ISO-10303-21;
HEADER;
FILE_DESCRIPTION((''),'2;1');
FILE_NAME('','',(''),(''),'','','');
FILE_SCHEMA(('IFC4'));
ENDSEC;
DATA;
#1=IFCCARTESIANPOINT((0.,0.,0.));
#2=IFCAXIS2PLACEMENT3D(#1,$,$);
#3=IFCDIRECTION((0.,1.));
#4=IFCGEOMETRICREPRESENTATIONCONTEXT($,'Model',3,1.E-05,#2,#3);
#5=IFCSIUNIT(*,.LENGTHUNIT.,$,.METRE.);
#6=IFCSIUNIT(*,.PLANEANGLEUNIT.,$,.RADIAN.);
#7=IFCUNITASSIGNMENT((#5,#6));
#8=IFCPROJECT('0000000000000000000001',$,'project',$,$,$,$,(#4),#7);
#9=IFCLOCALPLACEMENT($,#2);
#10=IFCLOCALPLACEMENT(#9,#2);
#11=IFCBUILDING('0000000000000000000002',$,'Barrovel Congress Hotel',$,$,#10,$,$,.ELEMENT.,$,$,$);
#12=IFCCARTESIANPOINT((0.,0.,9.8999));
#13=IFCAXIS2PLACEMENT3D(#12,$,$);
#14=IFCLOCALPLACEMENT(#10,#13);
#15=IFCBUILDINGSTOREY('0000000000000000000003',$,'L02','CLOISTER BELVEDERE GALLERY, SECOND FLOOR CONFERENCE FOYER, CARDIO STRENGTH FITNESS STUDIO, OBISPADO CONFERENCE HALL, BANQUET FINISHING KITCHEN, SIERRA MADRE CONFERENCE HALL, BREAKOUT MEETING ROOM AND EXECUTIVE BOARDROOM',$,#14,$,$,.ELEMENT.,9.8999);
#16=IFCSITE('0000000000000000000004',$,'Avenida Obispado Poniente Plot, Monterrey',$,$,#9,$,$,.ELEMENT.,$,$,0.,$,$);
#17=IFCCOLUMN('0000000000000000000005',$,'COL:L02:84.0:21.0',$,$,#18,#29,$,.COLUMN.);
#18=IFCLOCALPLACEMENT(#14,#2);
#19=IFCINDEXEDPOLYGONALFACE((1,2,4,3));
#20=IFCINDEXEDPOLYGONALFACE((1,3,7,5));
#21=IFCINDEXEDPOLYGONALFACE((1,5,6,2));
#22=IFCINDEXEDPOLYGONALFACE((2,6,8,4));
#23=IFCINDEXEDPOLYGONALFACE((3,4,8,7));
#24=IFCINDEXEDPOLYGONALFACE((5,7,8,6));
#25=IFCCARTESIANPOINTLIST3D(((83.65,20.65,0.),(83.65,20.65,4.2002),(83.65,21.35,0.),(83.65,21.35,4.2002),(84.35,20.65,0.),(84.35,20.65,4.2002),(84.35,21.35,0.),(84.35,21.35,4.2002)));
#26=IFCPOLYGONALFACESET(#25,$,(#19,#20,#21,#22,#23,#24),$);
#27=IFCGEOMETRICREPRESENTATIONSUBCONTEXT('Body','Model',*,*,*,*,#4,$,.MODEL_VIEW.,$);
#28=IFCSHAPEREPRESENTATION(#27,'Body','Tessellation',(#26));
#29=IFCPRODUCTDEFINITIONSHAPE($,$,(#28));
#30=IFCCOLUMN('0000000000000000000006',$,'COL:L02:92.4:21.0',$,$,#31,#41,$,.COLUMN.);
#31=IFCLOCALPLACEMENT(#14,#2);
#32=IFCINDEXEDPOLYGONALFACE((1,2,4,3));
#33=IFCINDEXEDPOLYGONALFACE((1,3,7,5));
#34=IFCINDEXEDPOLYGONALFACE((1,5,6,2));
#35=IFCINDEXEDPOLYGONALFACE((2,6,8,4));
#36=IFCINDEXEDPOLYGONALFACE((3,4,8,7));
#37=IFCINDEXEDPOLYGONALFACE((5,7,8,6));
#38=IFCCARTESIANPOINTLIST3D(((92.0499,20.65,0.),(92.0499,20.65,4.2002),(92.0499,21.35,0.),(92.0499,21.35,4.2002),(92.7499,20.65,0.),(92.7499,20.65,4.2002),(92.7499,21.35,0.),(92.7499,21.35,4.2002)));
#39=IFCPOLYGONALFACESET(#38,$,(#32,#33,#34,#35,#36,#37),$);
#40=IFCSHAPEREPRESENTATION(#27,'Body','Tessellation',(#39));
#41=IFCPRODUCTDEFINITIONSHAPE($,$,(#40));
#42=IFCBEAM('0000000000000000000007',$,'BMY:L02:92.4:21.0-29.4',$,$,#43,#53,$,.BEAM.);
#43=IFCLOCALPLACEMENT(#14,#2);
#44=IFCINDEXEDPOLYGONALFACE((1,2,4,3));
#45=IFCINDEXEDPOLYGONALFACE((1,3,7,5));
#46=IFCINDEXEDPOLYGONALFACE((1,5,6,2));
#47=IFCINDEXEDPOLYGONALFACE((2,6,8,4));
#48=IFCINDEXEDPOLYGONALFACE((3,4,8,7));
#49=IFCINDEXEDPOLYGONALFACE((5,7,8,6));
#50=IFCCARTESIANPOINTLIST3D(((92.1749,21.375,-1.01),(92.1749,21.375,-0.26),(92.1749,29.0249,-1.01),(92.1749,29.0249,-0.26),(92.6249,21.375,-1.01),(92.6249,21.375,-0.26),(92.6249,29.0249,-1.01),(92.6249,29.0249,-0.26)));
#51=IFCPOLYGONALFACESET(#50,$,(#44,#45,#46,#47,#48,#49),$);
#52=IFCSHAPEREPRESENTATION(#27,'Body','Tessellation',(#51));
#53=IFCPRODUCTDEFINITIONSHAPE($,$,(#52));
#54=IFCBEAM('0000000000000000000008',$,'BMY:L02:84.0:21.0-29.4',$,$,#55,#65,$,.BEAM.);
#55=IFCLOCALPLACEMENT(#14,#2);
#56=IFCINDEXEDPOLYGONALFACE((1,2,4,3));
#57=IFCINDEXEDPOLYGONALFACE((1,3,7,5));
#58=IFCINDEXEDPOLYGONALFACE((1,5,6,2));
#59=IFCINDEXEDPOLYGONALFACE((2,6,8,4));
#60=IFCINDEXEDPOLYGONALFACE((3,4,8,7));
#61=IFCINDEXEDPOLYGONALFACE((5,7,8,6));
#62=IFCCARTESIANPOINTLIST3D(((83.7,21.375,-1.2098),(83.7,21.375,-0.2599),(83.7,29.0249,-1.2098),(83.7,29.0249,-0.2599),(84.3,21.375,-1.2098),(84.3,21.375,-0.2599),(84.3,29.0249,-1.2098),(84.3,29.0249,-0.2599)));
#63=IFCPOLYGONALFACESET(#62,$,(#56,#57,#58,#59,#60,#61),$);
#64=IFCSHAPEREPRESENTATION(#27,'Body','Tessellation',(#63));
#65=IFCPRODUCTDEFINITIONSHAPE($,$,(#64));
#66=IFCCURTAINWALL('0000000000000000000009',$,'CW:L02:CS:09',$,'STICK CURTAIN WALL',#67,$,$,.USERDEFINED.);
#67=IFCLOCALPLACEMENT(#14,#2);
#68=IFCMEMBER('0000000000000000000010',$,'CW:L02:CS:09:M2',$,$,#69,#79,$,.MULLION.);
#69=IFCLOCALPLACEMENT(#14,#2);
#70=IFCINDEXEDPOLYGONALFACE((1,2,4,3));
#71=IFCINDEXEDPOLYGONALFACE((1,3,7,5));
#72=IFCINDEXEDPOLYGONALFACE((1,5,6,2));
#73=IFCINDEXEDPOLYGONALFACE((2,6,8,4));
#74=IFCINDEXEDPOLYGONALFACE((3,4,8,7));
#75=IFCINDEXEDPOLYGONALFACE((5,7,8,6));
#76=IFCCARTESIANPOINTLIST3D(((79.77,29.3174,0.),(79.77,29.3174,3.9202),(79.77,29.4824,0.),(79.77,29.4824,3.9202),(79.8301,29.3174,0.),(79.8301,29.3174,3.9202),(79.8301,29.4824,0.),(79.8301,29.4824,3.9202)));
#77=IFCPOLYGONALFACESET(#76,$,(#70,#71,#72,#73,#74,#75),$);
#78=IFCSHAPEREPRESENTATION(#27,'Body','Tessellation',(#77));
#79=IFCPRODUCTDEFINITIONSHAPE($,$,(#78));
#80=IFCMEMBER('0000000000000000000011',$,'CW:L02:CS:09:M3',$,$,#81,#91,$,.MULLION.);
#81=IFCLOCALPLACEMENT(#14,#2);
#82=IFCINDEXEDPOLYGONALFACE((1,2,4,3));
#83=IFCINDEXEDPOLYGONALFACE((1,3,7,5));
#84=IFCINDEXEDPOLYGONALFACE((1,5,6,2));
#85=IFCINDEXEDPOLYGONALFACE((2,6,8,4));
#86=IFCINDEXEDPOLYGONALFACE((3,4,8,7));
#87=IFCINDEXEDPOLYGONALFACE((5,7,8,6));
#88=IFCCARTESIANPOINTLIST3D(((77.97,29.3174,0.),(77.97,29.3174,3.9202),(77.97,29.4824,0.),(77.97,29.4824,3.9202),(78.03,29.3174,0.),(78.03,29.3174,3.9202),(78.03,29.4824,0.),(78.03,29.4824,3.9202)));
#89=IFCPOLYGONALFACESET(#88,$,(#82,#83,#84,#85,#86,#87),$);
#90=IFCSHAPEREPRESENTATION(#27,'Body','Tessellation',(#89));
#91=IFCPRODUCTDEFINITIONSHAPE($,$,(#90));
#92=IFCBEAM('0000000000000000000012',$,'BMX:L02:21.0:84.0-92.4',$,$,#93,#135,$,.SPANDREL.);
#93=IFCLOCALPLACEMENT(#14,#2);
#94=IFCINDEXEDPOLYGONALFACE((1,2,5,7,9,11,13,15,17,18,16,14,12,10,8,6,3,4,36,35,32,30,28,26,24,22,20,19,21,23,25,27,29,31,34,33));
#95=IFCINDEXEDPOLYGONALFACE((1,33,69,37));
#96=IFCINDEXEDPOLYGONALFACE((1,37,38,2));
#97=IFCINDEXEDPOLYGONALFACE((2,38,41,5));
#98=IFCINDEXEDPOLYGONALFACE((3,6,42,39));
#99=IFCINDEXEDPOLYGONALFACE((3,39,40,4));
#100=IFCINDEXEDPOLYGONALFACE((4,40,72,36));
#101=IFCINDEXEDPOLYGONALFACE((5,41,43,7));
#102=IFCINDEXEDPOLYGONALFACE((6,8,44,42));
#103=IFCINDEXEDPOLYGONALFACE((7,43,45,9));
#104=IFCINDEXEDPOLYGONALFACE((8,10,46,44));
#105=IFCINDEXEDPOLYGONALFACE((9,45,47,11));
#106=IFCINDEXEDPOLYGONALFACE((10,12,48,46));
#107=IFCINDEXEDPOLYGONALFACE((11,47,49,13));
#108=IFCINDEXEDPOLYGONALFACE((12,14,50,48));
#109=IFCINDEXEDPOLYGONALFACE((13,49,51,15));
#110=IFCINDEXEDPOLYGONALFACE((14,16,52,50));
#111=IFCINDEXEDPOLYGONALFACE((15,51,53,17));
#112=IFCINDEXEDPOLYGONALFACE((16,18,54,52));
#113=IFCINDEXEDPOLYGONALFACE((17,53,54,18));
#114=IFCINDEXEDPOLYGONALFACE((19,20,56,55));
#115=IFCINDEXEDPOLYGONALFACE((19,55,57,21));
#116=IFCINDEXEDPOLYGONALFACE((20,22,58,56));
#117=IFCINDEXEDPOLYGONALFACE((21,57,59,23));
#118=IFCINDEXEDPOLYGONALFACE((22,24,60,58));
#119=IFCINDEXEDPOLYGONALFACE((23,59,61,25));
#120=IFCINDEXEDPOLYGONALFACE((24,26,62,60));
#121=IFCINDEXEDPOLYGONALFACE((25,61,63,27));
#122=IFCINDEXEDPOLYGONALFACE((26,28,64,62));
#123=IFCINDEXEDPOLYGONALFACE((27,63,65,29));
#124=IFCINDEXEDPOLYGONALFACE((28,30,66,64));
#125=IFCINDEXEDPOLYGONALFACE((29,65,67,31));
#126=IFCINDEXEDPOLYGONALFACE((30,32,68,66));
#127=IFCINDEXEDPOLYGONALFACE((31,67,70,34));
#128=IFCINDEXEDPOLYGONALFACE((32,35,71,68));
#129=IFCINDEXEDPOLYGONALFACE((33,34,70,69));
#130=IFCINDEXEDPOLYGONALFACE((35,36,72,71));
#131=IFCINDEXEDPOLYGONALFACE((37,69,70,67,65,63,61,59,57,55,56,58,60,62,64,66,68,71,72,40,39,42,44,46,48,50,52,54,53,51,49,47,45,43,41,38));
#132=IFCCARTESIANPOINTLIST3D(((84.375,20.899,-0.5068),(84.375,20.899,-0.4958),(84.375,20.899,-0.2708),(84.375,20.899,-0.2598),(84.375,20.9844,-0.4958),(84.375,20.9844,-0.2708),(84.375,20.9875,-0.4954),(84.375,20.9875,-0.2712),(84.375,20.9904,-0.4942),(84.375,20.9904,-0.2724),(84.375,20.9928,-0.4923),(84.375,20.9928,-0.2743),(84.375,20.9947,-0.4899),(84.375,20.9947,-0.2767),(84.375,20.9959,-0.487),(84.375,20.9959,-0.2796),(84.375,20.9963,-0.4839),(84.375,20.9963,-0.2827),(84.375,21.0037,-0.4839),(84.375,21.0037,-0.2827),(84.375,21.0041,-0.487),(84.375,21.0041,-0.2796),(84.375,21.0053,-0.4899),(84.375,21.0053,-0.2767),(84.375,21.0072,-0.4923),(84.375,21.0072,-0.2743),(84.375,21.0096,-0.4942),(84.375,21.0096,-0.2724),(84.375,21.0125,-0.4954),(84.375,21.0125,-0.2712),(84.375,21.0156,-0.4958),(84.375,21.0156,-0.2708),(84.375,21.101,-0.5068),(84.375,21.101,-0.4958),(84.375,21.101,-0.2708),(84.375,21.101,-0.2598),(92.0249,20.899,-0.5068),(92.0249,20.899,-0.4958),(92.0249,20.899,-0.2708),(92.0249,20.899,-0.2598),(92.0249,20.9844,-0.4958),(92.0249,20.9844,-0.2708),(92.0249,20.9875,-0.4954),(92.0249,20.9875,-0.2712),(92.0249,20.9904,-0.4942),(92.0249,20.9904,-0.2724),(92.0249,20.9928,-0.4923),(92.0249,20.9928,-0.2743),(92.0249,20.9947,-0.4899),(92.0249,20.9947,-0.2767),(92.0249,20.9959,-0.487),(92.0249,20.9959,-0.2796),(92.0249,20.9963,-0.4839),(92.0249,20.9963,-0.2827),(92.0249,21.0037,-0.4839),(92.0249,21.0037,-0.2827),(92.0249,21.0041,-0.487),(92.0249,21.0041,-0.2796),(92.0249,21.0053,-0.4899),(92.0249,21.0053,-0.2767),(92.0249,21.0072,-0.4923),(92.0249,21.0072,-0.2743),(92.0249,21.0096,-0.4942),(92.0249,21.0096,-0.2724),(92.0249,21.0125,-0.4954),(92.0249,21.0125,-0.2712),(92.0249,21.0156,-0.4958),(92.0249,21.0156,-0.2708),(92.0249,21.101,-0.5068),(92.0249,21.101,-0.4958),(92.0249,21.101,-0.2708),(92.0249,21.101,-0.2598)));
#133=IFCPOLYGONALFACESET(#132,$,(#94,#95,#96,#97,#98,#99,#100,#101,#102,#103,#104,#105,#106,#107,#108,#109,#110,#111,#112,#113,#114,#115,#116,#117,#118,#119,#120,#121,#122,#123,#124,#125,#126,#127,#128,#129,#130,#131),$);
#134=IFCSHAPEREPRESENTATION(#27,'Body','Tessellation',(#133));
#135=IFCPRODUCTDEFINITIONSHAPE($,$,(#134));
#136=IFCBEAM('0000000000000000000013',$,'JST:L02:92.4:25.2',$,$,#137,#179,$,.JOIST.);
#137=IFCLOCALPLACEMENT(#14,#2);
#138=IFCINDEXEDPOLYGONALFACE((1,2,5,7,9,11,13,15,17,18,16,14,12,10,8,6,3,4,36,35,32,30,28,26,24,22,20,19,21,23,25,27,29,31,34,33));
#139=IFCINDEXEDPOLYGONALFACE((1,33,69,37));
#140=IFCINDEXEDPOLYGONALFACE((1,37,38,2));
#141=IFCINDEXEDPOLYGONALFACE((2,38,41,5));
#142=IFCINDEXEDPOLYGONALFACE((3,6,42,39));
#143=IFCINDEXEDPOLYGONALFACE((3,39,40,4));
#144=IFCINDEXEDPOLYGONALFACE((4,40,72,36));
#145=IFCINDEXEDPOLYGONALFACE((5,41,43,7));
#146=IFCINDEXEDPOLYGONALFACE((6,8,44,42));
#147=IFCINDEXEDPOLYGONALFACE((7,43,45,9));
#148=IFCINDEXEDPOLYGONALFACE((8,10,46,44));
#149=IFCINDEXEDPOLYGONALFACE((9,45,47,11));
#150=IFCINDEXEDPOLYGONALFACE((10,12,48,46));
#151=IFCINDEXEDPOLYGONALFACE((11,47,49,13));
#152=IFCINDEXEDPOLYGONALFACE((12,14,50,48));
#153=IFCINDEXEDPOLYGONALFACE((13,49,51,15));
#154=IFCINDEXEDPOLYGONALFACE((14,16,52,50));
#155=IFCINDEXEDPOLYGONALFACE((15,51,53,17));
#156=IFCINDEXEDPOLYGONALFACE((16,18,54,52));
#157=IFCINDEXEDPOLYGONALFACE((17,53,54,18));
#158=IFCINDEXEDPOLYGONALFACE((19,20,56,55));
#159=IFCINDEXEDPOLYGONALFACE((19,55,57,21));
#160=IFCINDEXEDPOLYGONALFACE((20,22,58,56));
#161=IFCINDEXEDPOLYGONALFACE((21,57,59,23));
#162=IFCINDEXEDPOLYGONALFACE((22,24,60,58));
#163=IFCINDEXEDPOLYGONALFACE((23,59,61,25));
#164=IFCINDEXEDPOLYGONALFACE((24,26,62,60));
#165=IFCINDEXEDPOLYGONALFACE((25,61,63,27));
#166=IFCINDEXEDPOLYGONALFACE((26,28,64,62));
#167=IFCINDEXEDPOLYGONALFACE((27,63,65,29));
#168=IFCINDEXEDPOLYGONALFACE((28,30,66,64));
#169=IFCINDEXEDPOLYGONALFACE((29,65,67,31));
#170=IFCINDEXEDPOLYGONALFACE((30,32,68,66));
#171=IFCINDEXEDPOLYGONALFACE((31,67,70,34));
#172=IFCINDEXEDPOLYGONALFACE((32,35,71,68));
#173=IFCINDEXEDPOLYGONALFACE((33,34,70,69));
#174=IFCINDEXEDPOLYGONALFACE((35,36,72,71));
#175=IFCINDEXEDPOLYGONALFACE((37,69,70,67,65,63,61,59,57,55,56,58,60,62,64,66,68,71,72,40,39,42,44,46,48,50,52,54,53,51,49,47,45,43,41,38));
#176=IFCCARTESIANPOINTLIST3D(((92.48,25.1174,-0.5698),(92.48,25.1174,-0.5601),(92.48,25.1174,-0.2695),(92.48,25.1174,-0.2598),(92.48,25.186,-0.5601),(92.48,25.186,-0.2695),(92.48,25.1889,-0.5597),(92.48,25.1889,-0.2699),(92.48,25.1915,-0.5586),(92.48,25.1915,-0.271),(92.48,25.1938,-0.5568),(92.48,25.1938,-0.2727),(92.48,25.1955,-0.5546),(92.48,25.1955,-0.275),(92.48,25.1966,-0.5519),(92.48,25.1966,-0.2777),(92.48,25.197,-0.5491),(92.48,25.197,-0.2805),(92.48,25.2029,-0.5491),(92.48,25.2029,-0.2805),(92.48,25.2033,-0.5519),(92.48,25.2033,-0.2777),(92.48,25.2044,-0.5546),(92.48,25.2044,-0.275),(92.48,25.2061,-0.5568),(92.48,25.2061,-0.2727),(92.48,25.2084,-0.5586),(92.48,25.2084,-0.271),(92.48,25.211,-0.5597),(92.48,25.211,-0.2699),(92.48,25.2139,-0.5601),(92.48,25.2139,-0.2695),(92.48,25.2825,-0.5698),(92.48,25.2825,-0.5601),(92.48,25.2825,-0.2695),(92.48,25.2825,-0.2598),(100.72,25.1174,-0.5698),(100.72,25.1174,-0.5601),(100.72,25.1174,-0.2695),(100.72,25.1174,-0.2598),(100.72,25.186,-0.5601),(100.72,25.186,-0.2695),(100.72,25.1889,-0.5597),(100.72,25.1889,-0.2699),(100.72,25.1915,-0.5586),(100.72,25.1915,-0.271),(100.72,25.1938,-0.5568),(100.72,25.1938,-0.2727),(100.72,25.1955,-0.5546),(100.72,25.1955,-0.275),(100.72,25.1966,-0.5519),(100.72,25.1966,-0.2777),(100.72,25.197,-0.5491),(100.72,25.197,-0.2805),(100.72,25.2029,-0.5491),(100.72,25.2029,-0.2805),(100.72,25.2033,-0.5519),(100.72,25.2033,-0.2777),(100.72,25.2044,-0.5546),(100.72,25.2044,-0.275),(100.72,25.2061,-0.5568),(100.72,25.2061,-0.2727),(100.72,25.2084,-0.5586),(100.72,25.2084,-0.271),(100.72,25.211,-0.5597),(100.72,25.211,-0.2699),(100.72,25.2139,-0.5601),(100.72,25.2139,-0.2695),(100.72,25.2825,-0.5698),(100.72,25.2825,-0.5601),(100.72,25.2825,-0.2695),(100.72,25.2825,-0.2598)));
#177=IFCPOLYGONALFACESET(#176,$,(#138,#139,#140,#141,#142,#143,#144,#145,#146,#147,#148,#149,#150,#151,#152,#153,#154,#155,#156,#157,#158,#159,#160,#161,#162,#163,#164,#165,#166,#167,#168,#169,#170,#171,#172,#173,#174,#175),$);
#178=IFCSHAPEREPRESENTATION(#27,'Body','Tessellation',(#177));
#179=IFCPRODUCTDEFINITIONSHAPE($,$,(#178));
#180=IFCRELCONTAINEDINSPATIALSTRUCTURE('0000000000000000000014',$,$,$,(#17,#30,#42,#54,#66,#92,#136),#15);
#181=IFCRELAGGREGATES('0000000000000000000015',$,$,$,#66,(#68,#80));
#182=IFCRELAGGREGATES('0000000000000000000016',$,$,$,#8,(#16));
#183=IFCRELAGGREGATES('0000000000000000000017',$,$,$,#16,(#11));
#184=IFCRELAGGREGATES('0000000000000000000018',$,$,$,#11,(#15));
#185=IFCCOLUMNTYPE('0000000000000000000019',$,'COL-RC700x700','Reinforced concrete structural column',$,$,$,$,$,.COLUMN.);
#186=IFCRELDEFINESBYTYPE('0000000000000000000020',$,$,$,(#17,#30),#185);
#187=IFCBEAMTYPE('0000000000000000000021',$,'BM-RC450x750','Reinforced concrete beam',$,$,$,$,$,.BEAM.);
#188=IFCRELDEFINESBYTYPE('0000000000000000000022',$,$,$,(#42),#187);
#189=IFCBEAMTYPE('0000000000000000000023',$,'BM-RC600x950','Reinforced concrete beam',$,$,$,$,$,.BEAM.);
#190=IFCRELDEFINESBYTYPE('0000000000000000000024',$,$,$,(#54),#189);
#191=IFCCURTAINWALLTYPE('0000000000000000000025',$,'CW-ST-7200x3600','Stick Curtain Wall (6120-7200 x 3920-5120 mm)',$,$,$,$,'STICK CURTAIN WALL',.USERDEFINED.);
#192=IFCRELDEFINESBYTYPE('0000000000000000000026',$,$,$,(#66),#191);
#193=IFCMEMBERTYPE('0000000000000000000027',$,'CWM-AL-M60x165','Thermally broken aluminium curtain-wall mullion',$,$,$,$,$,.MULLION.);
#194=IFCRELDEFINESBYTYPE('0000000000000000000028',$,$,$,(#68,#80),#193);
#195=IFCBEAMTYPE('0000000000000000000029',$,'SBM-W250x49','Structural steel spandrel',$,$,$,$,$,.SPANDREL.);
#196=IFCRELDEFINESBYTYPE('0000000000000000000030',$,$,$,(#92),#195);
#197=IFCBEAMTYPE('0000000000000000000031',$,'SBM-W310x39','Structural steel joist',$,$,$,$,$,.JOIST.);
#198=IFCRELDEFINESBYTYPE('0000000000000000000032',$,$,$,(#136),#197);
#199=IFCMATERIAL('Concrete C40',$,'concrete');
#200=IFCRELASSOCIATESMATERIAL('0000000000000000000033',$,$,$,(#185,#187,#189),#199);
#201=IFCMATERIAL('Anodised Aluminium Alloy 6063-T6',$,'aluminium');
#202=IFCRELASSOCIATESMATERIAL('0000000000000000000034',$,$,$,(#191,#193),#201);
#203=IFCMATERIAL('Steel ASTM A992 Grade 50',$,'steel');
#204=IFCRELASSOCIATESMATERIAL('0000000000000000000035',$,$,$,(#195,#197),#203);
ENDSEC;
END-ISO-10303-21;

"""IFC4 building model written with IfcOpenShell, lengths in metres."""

from ifc_helpers import new_model, si_unit, direction, frame, origin, origin_2d, place, context, subcontext, project, spatial, rectangle, i_section, extrude, material, material_profile, profile_set, type_object, element, aggregate, save


model = new_model("IFC4")

# Units and contexts
model_context = context("Model", 3, precision=1e-05, world=origin(), true_north=direction((0.0, 1.0)))
body_context = subcontext(model_context, "Body", "Model", "MODEL_VIEW")
ifc_project = project(units=[si_unit("LENGTHUNIT", "METRE"), si_unit("PLANEANGLEUNIT", "RADIAN")], contexts=[model_context])

# Site, building, storey
site_placement = place(None, origin())
site = spatial("IfcSite", under=ifc_project, at=site_placement, Name="Avenida Obispado Poniente Plot, Monterrey", CompositionType="ELEMENT", RefElevation=0.0)
building_placement = place(site_placement, origin())
building = spatial("IfcBuilding", under=site, at=building_placement, Name="Barrovel Congress Hotel", CompositionType="ELEMENT")
storey_placement = place(building_placement, frame((0.0, 0.0, 9.8999)))
storey = spatial("IfcBuildingStorey", under=building, at=storey_placement, Name="L02", Description="CLOISTER BELVEDERE GALLERY, SECOND FLOOR CONFERENCE FOYER, CARDIO STRENGTH FITNESS STUDIO, OBISPADO CONFERENCE HALL, BANQUET FINISHING KITCHEN, SIERRA MADRE CONFERENCE HALL, BREAKOUT MEETING ROOM AND EXECUTIVE BOARDROOM", CompositionType="ELEMENT", Elevation=9.8999)

# Columns
ifc_material_1 = material(Name="Concrete C40", Category="concrete")
ifc_material_profile_1 = material_profile(ifc_material_1, rectangle(XDim=0.7, YDim=0.7, at=origin_2d()), Name="RC700x700")
ifc_profile_set_1 = profile_set([ifc_material_profile_1], Name="Concrete C40")
column_type = type_object("IfcColumnType", Name="COL-RC700x700", Description="Reinforced concrete structural column", PredefinedType="COLUMN", material=ifc_profile_set_1)
for number, where, z_axis, x_axis, name in (
    (1, (84.0, 21.0, 0.0), (0.0, 0.0, 1.0), (1.0, 0.0, 0.0), "COL:L02:84.0:21.0"),
    (2, (92.3999, 21.0, 0.0), (0.0, 0.0, 1.0), (1.0, 0.0, 0.0), "COL:L02:92.4:21.0"),
):
    element("IfcColumn", number, at=place(storey_placement, frame(where, z_axis=z_axis, x_axis=x_axis)), inside=storey, type_object=column_type, Name=name, PredefinedType="COLUMN", context=body_context, shape_type="SweptSolid", body=[
        extrude(rectangle(XDim=0.7, YDim=0.7, at=origin_2d()), origin(), (0.0, 0.0, 1.0), 4.2002),
    ])

# Beams
ifc_material_profile_2 = material_profile(ifc_material_1, rectangle(XDim=0.45, YDim=0.75, at=origin_2d()), Name="RC450x750")
ifc_profile_set_2 = profile_set([ifc_material_profile_2], Name="Concrete C40")
beam_type_1 = type_object("IfcBeamType", Name="BM-RC450x750", Description="Reinforced concrete beam", PredefinedType="BEAM", material=ifc_profile_set_2)
beam_1_placement = place(storey_placement, frame((92.3999, 21.375, -0.635), z_axis=(0.0, 1.0, 0.0), x_axis=(-1.0, 0.0, 0.0)))
element("IfcBeam", 3, at=beam_1_placement, inside=storey, type_object=beam_type_1, Name="BMY:L02:92.4:21.0-29.4", PredefinedType="BEAM", context=body_context, shape_type="SweptSolid", body=[
    extrude(rectangle(XDim=0.45, YDim=0.75, at=origin_2d()), origin(), (0.0, 0.0, 1.0), 7.6499),
])
ifc_material_profile_3 = material_profile(ifc_material_1, rectangle(XDim=0.6001, YDim=0.95, at=origin_2d()), Name="RC600x950")
ifc_profile_set_3 = profile_set([ifc_material_profile_3], Name="Concrete C40")
beam_type_2 = type_object("IfcBeamType", Name="BM-RC600x950", Description="Reinforced concrete beam", PredefinedType="BEAM", material=ifc_profile_set_3)
beam_2_placement = place(storey_placement, frame((84.0, 21.375, -0.7349), z_axis=(0.0, 1.0, 0.0), x_axis=(-1.0, 0.0, 0.0)))
element("IfcBeam", 4, at=beam_2_placement, inside=storey, type_object=beam_type_2, Name="BMY:L02:84.0:21.0-29.4", PredefinedType="BEAM", context=body_context, shape_type="SweptSolid", body=[
    extrude(rectangle(XDim=0.6001, YDim=0.95, at=origin_2d()), origin(), (0.0, 0.0, 1.0), 7.6499),
])

# Curtain wall, members
ifc_material_2 = material(Name="Anodised Aluminium Alloy 6063-T6", Category="aluminium")
curtain_wall_type = type_object("IfcCurtainWallType", Name="CW-ST-7200x3600", Description="Stick Curtain Wall (6120-7200 x 3920-5120 mm)", ElementType="STICK CURTAIN WALL", PredefinedType="USERDEFINED", material=ifc_material_2)
curtain_wall_placement = place(storey_placement, origin())
curtain_wall = element("IfcCurtainWall", 5, at=curtain_wall_placement, inside=storey, type_object=curtain_wall_type, Name="CW:L02:CS:09", ObjectType="STICK CURTAIN WALL", PredefinedType="USERDEFINED")
ifc_material_profile_4 = material_profile(ifc_material_2, rectangle(XDim=0.0601, YDim=0.165, at=origin_2d()), Name="AL-M60x165")
ifc_profile_set_4 = profile_set([ifc_material_profile_4], Name="Anodised Aluminium Alloy 6063-T6")
member_type = type_object("IfcMemberType", Name="CWM-AL-M60x165", Description="Thermally broken aluminium curtain-wall mullion", PredefinedType="MULLION", material=ifc_profile_set_4)
member_1_placement = place(storey_placement, frame((79.8, 29.3999, 0.0), z_axis=(0.0, 0.0, 1.0), x_axis=(1.0, 0.0, 0.0)))
member_1 = element("IfcMember", 6, at=member_1_placement, type_object=member_type, Name="CW:L02:CS:09:M2", PredefinedType="MULLION", context=body_context, shape_type="SweptSolid", body=[
    extrude(rectangle(XDim=0.0601, YDim=0.165, at=origin_2d()), origin(), (0.0, 0.0, 1.0), 3.9202),
])
member_2_placement = place(storey_placement, frame((78.0, 29.3999, 0.0), z_axis=(0.0, 0.0, 1.0), x_axis=(1.0, 0.0, 0.0)))
member_2 = element("IfcMember", 7, at=member_2_placement, type_object=member_type, Name="CW:L02:CS:09:M3", PredefinedType="MULLION", context=body_context, shape_type="SweptSolid", body=[
    extrude(rectangle(XDim=0.0601, YDim=0.165, at=origin_2d()), origin(), (0.0, 0.0, 1.0), 3.9202),
])

# Beams
ifc_material_3 = material(Name="Steel ASTM A992 Grade 50", Category="steel")
ifc_material_profile_5 = material_profile(ifc_material_3, i_section(OverallWidth=0.2019, OverallDepth=0.2471, WebThickness=0.0073, FlangeThickness=0.011, FilletRadius=0.012, at=origin_2d()), Name="W250x49")
ifc_profile_set_5 = profile_set([ifc_material_profile_5], Name="Steel ASTM A992 Grade 50")
beam_type_3 = type_object("IfcBeamType", Name="SBM-W250x49", Description="Structural steel spandrel", PredefinedType="SPANDREL", material=ifc_profile_set_5)
beam_3_placement = place(storey_placement, frame((84.375, 21.0, -0.3833), z_axis=(1.0, 0.0, 0.0), x_axis=(0.0, 1.0, 0.0)))
element("IfcBeam", 8, at=beam_3_placement, inside=storey, type_object=beam_type_3, Name="BMX:L02:21.0:84.0-92.4", PredefinedType="SPANDREL", context=body_context, shape_type="SweptSolid", body=[
    extrude(i_section(OverallWidth=0.2019, OverallDepth=0.2471, WebThickness=0.0073, FlangeThickness=0.011, FilletRadius=0.012, at=origin_2d()), origin(), (0.0, 0.0, 1.0), 7.6499),
])
ifc_material_profile_6 = material_profile(ifc_material_3, i_section(OverallWidth=0.165, OverallDepth=0.3101, WebThickness=0.0059, FlangeThickness=0.0098, FilletRadius=0.011, at=origin_2d()), Name="W310x39")
ifc_profile_set_6 = profile_set([ifc_material_profile_6], Name="Steel ASTM A992 Grade 50")
beam_type_4 = type_object("IfcBeamType", Name="SBM-W310x39", Description="Structural steel joist", PredefinedType="JOIST", material=ifc_profile_set_6)
beam_4_placement = place(storey_placement, frame((92.48, 25.2, -0.4148), z_axis=(1.0, 0.0, 0.0), x_axis=(0.0, 1.0, 0.0)))
element("IfcBeam", 9, at=beam_4_placement, inside=storey, type_object=beam_type_4, Name="JST:L02:92.4:25.2", PredefinedType="JOIST", context=body_context, shape_type="SweptSolid", body=[
    extrude(i_section(OverallWidth=0.165, OverallDepth=0.3101, WebThickness=0.0059, FlangeThickness=0.0098, FilletRadius=0.011, at=origin_2d()), origin(), (0.0, 0.0, 1.0), 8.24),
])

aggregate(curtain_wall, [member_1, member_2])

save(model, "model.ifc")
